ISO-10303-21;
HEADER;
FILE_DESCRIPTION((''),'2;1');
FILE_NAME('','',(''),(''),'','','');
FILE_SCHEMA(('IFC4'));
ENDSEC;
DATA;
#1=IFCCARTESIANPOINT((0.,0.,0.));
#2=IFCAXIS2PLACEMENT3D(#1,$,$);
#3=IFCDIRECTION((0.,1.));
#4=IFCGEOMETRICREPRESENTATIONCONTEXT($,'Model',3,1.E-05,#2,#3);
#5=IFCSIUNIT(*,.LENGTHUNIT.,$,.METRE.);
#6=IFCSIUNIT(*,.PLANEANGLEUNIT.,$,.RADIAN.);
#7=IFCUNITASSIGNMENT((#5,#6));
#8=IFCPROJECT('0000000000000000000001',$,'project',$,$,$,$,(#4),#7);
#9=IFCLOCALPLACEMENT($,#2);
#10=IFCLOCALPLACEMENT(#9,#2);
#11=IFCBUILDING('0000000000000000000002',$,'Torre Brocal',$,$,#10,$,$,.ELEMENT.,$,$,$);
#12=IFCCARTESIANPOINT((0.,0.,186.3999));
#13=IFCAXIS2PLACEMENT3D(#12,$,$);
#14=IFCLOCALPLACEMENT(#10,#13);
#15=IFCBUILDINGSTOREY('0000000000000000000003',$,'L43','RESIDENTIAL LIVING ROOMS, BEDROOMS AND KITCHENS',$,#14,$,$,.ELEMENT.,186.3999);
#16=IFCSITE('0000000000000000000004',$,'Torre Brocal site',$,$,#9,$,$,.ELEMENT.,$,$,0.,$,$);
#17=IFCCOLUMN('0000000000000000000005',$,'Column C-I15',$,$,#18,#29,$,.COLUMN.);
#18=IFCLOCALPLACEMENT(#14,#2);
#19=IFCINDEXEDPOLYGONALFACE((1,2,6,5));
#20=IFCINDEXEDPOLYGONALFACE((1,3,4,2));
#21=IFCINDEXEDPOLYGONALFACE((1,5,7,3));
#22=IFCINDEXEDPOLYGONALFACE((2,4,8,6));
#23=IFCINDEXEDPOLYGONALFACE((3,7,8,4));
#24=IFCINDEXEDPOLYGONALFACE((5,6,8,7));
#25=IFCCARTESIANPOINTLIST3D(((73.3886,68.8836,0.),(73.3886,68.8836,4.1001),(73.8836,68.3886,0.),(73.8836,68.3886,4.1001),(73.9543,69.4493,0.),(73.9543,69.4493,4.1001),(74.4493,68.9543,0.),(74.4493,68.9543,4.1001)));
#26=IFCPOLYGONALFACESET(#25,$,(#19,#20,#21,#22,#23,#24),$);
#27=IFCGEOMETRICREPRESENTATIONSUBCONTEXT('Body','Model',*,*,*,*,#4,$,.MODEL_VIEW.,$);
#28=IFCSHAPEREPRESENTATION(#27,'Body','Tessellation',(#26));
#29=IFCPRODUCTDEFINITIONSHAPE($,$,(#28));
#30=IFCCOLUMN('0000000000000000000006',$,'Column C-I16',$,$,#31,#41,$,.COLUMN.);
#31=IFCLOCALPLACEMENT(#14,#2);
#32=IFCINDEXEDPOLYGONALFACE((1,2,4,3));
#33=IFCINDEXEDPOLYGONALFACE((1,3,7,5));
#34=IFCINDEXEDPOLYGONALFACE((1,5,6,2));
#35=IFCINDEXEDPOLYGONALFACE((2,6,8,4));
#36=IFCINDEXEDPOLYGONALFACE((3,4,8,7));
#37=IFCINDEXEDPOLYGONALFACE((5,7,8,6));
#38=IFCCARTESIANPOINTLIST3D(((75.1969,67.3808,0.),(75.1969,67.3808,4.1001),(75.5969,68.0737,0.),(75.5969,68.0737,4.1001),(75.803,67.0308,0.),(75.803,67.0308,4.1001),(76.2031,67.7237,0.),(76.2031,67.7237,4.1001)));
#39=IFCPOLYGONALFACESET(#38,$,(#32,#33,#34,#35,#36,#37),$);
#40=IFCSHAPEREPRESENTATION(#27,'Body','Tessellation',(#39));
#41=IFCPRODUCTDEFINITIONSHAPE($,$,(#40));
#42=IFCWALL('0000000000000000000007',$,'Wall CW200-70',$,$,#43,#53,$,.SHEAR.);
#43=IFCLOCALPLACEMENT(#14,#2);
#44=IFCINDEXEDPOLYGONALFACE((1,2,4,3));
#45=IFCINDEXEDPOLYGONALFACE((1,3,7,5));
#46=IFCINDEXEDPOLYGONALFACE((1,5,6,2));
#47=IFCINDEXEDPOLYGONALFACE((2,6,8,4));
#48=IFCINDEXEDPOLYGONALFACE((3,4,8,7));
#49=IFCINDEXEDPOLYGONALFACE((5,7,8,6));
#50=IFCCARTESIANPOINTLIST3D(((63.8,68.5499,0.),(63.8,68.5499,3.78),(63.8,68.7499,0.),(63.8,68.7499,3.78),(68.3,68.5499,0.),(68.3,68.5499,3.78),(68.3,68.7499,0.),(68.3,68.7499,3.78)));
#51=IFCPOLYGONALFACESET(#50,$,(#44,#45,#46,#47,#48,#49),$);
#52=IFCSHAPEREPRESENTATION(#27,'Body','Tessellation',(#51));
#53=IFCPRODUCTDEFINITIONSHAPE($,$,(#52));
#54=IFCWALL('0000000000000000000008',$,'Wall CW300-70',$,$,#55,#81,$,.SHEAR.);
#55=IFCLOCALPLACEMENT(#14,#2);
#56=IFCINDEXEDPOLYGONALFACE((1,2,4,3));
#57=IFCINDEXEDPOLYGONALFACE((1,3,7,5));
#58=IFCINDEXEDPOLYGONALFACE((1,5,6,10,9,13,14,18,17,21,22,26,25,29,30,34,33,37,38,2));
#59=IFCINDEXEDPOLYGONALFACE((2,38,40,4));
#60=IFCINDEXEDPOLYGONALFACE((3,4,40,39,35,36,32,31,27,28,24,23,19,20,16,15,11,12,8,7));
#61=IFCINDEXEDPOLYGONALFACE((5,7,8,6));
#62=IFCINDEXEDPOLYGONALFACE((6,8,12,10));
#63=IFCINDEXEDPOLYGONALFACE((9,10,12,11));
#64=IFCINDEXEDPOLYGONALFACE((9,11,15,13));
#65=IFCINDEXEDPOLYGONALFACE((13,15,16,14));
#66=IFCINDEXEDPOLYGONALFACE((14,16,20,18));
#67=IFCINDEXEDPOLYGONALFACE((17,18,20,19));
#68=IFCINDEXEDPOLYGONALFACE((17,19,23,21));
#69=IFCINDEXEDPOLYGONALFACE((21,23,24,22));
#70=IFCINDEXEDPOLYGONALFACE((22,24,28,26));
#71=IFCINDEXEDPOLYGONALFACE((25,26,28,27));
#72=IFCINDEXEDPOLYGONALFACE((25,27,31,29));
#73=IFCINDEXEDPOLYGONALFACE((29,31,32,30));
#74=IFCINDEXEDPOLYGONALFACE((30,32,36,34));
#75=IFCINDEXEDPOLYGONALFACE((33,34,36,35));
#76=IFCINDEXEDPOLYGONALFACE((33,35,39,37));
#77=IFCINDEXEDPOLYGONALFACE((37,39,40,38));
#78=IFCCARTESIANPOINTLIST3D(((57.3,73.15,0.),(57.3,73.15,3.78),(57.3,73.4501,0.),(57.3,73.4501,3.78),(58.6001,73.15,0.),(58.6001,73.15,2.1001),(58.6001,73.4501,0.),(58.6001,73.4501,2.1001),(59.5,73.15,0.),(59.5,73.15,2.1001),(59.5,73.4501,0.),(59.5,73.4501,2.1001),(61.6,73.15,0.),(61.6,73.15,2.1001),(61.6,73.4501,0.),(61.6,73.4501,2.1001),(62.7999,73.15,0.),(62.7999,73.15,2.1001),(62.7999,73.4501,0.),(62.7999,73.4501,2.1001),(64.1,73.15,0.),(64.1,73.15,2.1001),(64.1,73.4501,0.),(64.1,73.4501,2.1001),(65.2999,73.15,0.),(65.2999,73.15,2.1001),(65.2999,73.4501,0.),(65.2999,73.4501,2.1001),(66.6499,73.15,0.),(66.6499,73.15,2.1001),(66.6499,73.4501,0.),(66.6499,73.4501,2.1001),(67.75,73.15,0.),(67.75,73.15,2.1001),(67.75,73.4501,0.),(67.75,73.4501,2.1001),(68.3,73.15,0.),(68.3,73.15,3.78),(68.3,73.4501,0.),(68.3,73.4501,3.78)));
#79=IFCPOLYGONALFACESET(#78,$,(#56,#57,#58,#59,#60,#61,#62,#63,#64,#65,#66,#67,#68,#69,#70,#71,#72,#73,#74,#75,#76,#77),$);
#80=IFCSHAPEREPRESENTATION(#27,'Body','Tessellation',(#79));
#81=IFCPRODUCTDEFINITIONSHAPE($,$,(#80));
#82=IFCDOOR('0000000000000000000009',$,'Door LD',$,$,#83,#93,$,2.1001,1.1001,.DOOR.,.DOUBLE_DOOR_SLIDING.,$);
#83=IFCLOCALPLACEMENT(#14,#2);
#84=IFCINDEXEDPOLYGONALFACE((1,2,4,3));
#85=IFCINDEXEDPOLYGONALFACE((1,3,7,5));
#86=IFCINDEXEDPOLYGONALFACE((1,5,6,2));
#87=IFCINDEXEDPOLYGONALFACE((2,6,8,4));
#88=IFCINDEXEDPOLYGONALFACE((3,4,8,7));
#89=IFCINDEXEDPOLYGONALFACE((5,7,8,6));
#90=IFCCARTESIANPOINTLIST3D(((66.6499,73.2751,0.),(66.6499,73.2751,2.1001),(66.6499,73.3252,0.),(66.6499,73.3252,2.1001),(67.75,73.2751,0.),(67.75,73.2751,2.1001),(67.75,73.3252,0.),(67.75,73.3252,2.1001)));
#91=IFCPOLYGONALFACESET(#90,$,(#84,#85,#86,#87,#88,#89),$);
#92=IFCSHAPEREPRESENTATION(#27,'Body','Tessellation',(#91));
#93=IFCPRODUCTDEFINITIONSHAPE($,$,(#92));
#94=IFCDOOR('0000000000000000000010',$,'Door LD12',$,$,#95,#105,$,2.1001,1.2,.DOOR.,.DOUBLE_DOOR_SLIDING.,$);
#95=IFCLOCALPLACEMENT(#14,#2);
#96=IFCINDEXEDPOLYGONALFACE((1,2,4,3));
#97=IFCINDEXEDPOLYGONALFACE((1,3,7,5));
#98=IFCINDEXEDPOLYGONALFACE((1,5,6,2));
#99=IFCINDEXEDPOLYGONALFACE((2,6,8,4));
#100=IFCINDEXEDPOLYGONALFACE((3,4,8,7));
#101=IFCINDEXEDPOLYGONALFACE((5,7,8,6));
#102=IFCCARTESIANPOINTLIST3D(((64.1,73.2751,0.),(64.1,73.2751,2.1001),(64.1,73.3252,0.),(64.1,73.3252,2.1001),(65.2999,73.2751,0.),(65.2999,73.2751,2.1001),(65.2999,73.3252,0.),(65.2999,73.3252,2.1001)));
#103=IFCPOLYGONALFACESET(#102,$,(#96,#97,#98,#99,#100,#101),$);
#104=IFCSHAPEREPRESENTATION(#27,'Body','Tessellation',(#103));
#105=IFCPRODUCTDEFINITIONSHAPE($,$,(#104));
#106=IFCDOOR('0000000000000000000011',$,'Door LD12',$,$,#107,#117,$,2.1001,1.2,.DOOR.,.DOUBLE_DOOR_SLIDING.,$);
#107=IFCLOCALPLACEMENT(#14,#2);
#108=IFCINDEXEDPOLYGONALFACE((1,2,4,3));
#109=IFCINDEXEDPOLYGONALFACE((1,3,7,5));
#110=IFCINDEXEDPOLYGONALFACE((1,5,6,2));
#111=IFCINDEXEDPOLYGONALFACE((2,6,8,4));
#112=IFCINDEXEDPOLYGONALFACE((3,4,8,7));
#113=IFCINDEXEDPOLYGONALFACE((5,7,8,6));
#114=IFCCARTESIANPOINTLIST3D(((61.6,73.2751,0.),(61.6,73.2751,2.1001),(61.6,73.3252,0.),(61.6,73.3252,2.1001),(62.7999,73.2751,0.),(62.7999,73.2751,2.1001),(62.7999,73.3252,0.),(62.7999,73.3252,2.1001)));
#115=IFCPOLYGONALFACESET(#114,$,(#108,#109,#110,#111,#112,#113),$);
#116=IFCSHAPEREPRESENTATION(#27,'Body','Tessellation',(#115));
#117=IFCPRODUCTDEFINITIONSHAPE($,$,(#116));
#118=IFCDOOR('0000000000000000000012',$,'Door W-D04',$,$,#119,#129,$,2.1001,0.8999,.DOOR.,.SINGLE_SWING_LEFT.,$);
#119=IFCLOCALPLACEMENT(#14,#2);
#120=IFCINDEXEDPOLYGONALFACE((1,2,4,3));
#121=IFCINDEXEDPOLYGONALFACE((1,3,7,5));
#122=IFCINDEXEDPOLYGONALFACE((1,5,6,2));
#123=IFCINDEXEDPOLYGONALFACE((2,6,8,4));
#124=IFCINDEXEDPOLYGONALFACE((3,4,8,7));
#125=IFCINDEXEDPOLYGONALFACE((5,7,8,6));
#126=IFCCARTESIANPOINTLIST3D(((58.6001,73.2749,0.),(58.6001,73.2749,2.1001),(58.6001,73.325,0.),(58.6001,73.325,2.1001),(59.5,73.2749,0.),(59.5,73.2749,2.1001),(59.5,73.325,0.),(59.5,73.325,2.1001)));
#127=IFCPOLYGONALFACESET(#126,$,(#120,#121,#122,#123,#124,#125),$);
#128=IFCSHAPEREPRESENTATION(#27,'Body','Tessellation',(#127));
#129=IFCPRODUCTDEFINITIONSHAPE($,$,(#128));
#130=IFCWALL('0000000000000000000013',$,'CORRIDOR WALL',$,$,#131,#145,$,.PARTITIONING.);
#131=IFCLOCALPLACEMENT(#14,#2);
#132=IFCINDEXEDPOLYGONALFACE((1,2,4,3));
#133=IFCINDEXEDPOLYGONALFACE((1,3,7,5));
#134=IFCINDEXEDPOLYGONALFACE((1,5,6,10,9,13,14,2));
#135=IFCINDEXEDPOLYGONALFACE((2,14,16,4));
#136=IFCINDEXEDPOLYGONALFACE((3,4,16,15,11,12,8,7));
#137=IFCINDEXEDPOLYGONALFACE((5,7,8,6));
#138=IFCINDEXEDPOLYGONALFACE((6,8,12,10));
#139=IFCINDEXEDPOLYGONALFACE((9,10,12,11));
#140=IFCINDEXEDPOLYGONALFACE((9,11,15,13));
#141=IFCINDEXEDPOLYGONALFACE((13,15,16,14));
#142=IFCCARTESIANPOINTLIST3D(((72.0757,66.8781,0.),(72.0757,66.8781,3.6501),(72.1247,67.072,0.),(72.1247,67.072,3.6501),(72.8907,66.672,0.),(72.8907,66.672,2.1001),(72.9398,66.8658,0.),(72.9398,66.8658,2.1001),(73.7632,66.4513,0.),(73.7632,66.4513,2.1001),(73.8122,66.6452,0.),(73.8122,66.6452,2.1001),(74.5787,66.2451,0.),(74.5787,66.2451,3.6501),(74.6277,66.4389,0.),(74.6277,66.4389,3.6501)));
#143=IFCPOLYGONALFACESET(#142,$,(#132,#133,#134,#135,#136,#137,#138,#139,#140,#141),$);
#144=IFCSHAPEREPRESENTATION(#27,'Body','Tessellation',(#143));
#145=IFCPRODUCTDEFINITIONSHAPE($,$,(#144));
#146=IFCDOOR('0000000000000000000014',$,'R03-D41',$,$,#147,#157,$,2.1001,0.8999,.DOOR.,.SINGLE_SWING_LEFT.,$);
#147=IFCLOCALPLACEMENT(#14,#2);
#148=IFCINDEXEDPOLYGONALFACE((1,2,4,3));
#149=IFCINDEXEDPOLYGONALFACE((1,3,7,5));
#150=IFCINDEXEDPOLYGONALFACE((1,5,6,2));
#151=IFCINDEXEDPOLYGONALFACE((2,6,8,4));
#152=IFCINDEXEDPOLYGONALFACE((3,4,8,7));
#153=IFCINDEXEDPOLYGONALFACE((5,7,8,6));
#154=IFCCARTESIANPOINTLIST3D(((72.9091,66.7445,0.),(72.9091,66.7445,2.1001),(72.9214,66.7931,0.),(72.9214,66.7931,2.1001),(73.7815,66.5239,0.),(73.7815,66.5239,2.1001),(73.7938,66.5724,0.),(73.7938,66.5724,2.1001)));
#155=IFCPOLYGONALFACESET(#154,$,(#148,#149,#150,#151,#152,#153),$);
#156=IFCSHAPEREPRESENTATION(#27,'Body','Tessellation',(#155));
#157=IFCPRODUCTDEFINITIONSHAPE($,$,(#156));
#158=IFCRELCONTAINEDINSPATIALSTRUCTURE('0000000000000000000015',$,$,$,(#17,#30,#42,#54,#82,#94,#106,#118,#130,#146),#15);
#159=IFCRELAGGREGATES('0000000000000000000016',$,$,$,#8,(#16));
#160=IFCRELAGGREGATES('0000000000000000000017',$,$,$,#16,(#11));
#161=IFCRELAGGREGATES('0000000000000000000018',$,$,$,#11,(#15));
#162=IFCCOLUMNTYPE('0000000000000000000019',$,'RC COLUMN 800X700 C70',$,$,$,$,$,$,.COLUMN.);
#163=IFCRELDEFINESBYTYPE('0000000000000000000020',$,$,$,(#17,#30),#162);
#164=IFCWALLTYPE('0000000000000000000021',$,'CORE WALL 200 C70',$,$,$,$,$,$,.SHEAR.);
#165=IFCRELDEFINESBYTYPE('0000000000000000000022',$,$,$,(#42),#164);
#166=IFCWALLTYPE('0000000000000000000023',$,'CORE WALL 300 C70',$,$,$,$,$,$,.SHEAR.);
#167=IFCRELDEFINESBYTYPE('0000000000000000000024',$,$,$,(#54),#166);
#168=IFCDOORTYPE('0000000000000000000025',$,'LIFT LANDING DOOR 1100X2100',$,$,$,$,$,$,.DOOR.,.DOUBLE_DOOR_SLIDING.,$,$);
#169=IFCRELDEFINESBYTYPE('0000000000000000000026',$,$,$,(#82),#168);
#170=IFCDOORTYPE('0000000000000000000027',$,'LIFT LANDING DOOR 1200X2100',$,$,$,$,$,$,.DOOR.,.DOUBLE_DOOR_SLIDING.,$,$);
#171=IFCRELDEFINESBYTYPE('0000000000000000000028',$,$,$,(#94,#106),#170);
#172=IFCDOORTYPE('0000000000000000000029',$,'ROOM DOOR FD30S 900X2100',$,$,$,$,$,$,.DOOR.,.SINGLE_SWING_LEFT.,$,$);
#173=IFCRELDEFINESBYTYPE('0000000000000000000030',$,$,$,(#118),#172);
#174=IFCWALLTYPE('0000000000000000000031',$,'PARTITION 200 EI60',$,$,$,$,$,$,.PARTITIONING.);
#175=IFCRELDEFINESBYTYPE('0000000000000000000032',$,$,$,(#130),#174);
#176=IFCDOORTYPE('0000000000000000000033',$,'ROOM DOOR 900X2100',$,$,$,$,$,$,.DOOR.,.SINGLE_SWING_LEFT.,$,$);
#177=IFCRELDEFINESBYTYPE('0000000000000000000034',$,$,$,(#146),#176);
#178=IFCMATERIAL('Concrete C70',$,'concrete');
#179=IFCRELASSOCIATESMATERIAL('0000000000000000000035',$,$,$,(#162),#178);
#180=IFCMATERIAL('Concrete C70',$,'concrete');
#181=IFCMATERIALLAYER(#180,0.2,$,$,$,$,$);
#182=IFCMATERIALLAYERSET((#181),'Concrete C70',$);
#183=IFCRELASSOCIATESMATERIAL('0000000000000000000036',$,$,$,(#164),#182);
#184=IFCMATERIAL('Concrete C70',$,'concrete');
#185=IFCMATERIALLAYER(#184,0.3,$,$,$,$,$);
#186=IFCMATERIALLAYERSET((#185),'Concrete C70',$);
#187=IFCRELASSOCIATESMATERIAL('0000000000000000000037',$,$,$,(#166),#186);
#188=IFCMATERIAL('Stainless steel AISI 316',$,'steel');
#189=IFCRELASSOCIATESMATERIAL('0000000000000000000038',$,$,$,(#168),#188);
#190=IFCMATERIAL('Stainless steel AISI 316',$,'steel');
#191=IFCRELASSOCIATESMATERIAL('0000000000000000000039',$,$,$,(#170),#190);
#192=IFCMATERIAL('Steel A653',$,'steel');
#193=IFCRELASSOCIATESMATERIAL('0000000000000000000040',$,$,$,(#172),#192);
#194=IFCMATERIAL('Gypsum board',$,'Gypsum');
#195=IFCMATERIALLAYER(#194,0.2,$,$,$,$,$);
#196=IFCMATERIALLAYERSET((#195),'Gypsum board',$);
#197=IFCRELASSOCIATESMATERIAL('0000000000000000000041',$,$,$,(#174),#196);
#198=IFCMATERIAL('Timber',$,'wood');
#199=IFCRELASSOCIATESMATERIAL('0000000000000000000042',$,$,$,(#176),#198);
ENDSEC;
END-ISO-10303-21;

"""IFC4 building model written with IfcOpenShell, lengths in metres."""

from ifc_helpers import new_model, si_unit, direction, frame, frame_2d, origin, origin_2d, place, context, subcontext, project, spatial, rectangle, extrude, material, layer, layer_set, material_profile, profile_set, type_object, element, fill, save


model = new_model("IFC4")

# Units and contexts
model_context = context("Model", 3, precision=1e-05, world=origin(), true_north=direction((0.0, 1.0)))
body_context = subcontext(model_context, "Body", "Model", "MODEL_VIEW")
ifc_project = project(units=[si_unit("LENGTHUNIT", "METRE"), si_unit("PLANEANGLEUNIT", "RADIAN")], contexts=[model_context])

# Site, building, storey
site_placement = place(None, origin())
site = spatial("IfcSite", under=ifc_project, at=site_placement, Name="Torre Brocal site", CompositionType="ELEMENT", RefElevation=0.0)
building_placement = place(site_placement, origin())
building = spatial("IfcBuilding", under=site, at=building_placement, Name="Torre Brocal", CompositionType="ELEMENT")
storey_placement = place(building_placement, frame((0.0, 0.0, 186.3999)))
storey = spatial("IfcBuildingStorey", under=building, at=storey_placement, Name="L43", Description="RESIDENTIAL LIVING ROOMS, BEDROOMS AND KITCHENS", CompositionType="ELEMENT", Elevation=186.3999)

# Columns
ifc_material_1 = material(Name="Concrete C70", Category="concrete")
ifc_material_profile = material_profile(ifc_material_1, rectangle(XDim=0.8, YDim=0.7, at=origin_2d()), Name="RC 800X700")
ifc_profile_set = profile_set([ifc_material_profile], Name="Concrete C70")
column_type = type_object("IfcColumnType", Name="RC COLUMN 800X700 C70", PredefinedType="COLUMN", material=ifc_profile_set)
for number, where, z_axis, x_axis, name in (
    (1, (73.9189, 68.9189, 0.0), (0.0, 0.0, 1.0), (-0.707107, -0.707107, 0.0), "Column C-I15"),
    (2, (75.7, 67.5522, 0.0), (0.0, 0.0, 1.0), (-0.5, -0.866025, 0.0), "Column C-I16"),
):
    element("IfcColumn", number, at=place(storey_placement, frame(where, z_axis=z_axis, x_axis=x_axis)), inside=storey, type_object=column_type, Name=name, PredefinedType="COLUMN", context=body_context, shape_type="SweptSolid", body=[
        extrude(rectangle(XDim=0.8, YDim=0.7, at=origin_2d()), origin(), (0.0, 0.0, 1.0), 4.1001),
    ])

# Wall
ifc_material_2 = material(Name="Concrete C70", Category="concrete")
ifc_layer_1 = layer(ifc_material_2, 0.2)
ifc_layer_set_1 = layer_set([ifc_layer_1], Name="Concrete C70")
wall_type_1 = type_object("IfcWallType", Name="CORE WALL 200 C70", PredefinedType="SHEAR", material=ifc_layer_set_1)
wall_1_placement = place(storey_placement, frame((68.3, 68.6499, 0.0), z_axis=(0.0, 0.0, 1.0), x_axis=(-1.0, 0.0, 0.0)))
element("IfcWall", 3, at=wall_1_placement, inside=storey, type_object=wall_type_1, Name="Wall CW200-70", PredefinedType="SHEAR", context=body_context, shape_type="SweptSolid", body=[
    extrude(rectangle(XDim=4.5, YDim=0.2, at=frame_2d((2.25, 0.0))), origin(), (0.0, 0.0, 1.0), 3.78),
])

# Wall, openings, doors
ifc_material_3 = material(Name="Concrete C70", Category="concrete")
ifc_layer_2 = layer(ifc_material_3, 0.3)
ifc_layer_set_2 = layer_set([ifc_layer_2], Name="Concrete C70")
wall_type_2 = type_object("IfcWallType", Name="CORE WALL 300 C70", PredefinedType="SHEAR", material=ifc_layer_set_2)
wall_2_placement = place(storey_placement, frame((68.3, 73.3, 0.0), z_axis=(0.0, 0.0, 1.0), x_axis=(-1.0, 0.0, 0.0)))
wall_2 = element("IfcWall", 4, at=wall_2_placement, inside=storey, type_object=wall_type_2, Name="Wall CW300-70", PredefinedType="SHEAR", context=body_context, shape_type="SweptSolid", body=[
    extrude(rectangle(XDim=11.0, YDim=0.3, at=frame_2d((5.5, 0.0))), origin(), (0.0, 0.0, 1.0), 3.78),
])
opening_1_placement = place(wall_2_placement, frame((0.55, 0.0, 0.0)))
opening_1 = element("IfcOpeningElement", 5, at=opening_1_placement, cuts=wall_2, PredefinedType="OPENING", context=body_context, shape_type="SweptSolid", body=[
    extrude(rectangle(XDim=1.1001, YDim=2.1001, at=frame_2d((0.55, 1.05))), frame((0.0, 0.1599, 0.0), z_axis=(0.0, -1.0, 0.0), x_axis=(1.0, 0.0, 0.0)), (0.0, 0.0, 1.0), 0.3201),
])
opening_2_placement = place(wall_2_placement, frame((3.0, 0.0, 0.0)))
opening_2 = element("IfcOpeningElement", 6, at=opening_2_placement, cuts=wall_2, PredefinedType="OPENING", context=body_context, shape_type="SweptSolid", body=[
    extrude(rectangle(XDim=1.2, YDim=2.1001, at=frame_2d((0.6001, 1.05))), frame((0.0, 0.1599, 0.0), z_axis=(0.0, -1.0, 0.0), x_axis=(1.0, 0.0, 0.0)), (0.0, 0.0, 1.0), 0.3201),
])
opening_3_placement = place(wall_2_placement, frame((5.5, 0.0, 0.0)))
opening_3 = element("IfcOpeningElement", 7, at=opening_3_placement, cuts=wall_2, PredefinedType="OPENING", context=body_context, shape_type="SweptSolid", body=[
    extrude(rectangle(XDim=1.2, YDim=2.1001, at=frame_2d((0.6001, 1.05))), frame((0.0, 0.1599, 0.0), z_axis=(0.0, -1.0, 0.0), x_axis=(1.0, 0.0, 0.0)), (0.0, 0.0, 1.0), 0.3201),
])
opening_4_placement = place(wall_2_placement, frame((8.8, 0.0, 0.0)))
opening_4 = element("IfcOpeningElement", 8, at=opening_4_placement, cuts=wall_2, PredefinedType="OPENING", context=body_context, shape_type="SweptSolid", body=[
    extrude(rectangle(XDim=0.8999, YDim=2.1001, at=frame_2d((0.45, 1.05))), frame((0.0, 0.1599, 0.0), z_axis=(0.0, -1.0, 0.0), x_axis=(1.0, 0.0, 0.0)), (0.0, 0.0, 1.0), 0.3201),
])
ifc_material_4 = material(Name="Stainless steel AISI 316", Category="steel")
door_type_1 = type_object("IfcDoorType", Name="LIFT LANDING DOOR 1100X2100", OperationType="DOUBLE_DOOR_SLIDING", PredefinedType="DOOR", material=ifc_material_4)
door_1_placement = place(opening_1_placement, origin())
door_1 = element("IfcDoor", 9, at=door_1_placement, inside=storey, type_object=door_type_1, Name="Door LD", OperationType="DOUBLE_DOOR_SLIDING", OverallHeight=2.1001, OverallWidth=1.1001, PredefinedType="DOOR", context=body_context, shape_type="SweptSolid", body=[
    extrude(rectangle(XDim=1.1001, YDim=2.1001, at=frame_2d((0.55, 1.05))), frame((0.0, 0.0249, 0.0), z_axis=(0.0, -1.0, 0.0), x_axis=(1.0, 0.0, 0.0)), (0.0, 0.0, 1.0), 0.05),
])
fill(opening_1, door_1)
ifc_material_5 = material(Name="Stainless steel AISI 316", Category="steel")
door_type_2 = type_object("IfcDoorType", Name="LIFT LANDING DOOR 1200X2100", OperationType="DOUBLE_DOOR_SLIDING", PredefinedType="DOOR", material=ifc_material_5)
door_2_placement = place(opening_2_placement, origin())
door_2 = element("IfcDoor", 10, at=door_2_placement, inside=storey, type_object=door_type_2, Name="Door LD12", OperationType="DOUBLE_DOOR_SLIDING", OverallHeight=2.1001, OverallWidth=1.2, PredefinedType="DOOR", context=body_context, shape_type="SweptSolid", body=[
    extrude(rectangle(XDim=1.2, YDim=2.1001, at=frame_2d((0.6001, 1.05))), frame((0.0, 0.0249, 0.0), z_axis=(0.0, -1.0, 0.0), x_axis=(1.0, 0.0, 0.0)), (0.0, 0.0, 1.0), 0.05),
])
fill(opening_2, door_2)
door_3_placement = place(opening_3_placement, origin())
door_3 = element("IfcDoor", 11, at=door_3_placement, inside=storey, type_object=door_type_2, Name="Door LD12", OperationType="DOUBLE_DOOR_SLIDING", OverallHeight=2.1001, OverallWidth=1.2, PredefinedType="DOOR", context=body_context, shape_type="SweptSolid", body=[
    extrude(rectangle(XDim=1.2, YDim=2.1001, at=frame_2d((0.6001, 1.05))), frame((0.0, 0.0249, 0.0), z_axis=(0.0, -1.0, 0.0), x_axis=(1.0, 0.0, 0.0)), (0.0, 0.0, 1.0), 0.05),
])
fill(opening_3, door_3)
ifc_material_6 = material(Name="Steel A653", Category="steel")
door_type_3 = type_object("IfcDoorType", Name="ROOM DOOR FD30S 900X2100", OperationType="SINGLE_SWING_LEFT", PredefinedType="DOOR", material=ifc_material_6)
door_4_placement = place(opening_4_placement, frame((0.8999, 0.0, 0.0), z_axis=(0.0, 0.0, 1.0), x_axis=(-1.0, 0.0, 0.0)))
door_4 = element("IfcDoor", 12, at=door_4_placement, inside=storey, type_object=door_type_3, Name="Door W-D04", OperationType="SINGLE_SWING_LEFT", OverallHeight=2.1001, OverallWidth=0.8999, PredefinedType="DOOR", context=body_context, shape_type="SweptSolid", body=[
    extrude(rectangle(XDim=0.8999, YDim=2.1001, at=frame_2d((0.45, 1.05))), frame((0.0, 0.0249, 0.0), z_axis=(0.0, -1.0, 0.0), x_axis=(1.0, 0.0, 0.0)), (0.0, 0.0, 1.0), 0.05),
])
fill(opening_4, door_4)

# Wall, opening, door
ifc_material_7 = material(Name="Gypsum board", Category="Gypsum")
ifc_layer_3 = layer(ifc_material_7, 0.2)
ifc_layer_set_3 = layer_set([ifc_layer_3], Name="Gypsum board")
wall_type_3 = type_object("IfcWallType", Name="PARTITION 200 EI60", PredefinedType="PARTITIONING", material=ifc_layer_set_3)
wall_3_placement = place(storey_placement, frame((72.1001, 66.9751, 0.0), z_axis=(0.0, 0.0, 1.0), x_axis=(0.969471, -0.245205, 0.0)))
wall_3 = element("IfcWall", 13, at=wall_3_placement, inside=storey, type_object=wall_type_3, Name="CORRIDOR WALL", PredefinedType="PARTITIONING", context=body_context, shape_type="SweptSolid", body=[
    extrude(rectangle(XDim=2.5818, YDim=0.2, at=frame_2d((1.291, 0.0))), origin(), (0.0, 0.0, 1.0), 3.6501),
])
opening_5_placement = place(wall_3_placement, frame((0.8408, 0.0, 0.0)))
opening_5 = element("IfcOpeningElement", 14, at=opening_5_placement, cuts=wall_3, PredefinedType="OPENING", context=body_context, shape_type="SweptSolid", body=[
    extrude(rectangle(XDim=0.8999, YDim=2.1001, at=frame_2d((0.45, 1.05))), frame((0.0, 0.1099, 0.0), z_axis=(0.0, -1.0, 0.0), x_axis=(1.0, 0.0, 0.0)), (0.0, 0.0, 1.0), 0.22),
])
ifc_material_8 = material(Name="Timber", Category="wood")
door_type_4 = type_object("IfcDoorType", Name="ROOM DOOR 900X2100", OperationType="SINGLE_SWING_LEFT", PredefinedType="DOOR", material=ifc_material_8)
door_5_placement = place(opening_5_placement, origin())
door_5 = element("IfcDoor", 15, at=door_5_placement, inside=storey, type_object=door_type_4, Name="R03-D41", OperationType="SINGLE_SWING_LEFT", OverallHeight=2.1001, OverallWidth=0.8999, PredefinedType="DOOR", context=body_context, shape_type="SweptSolid", body=[
    extrude(rectangle(XDim=0.8999, YDim=2.1001, at=frame_2d((0.45, 1.05))), frame((0.0, 0.0249, 0.0), z_axis=(0.0, -1.0, 0.0), x_axis=(1.0, 0.0, 0.0)), (0.0, 0.0, 1.0), 0.05),
])
fill(opening_5, door_5)

save(model, "model.ifc")
